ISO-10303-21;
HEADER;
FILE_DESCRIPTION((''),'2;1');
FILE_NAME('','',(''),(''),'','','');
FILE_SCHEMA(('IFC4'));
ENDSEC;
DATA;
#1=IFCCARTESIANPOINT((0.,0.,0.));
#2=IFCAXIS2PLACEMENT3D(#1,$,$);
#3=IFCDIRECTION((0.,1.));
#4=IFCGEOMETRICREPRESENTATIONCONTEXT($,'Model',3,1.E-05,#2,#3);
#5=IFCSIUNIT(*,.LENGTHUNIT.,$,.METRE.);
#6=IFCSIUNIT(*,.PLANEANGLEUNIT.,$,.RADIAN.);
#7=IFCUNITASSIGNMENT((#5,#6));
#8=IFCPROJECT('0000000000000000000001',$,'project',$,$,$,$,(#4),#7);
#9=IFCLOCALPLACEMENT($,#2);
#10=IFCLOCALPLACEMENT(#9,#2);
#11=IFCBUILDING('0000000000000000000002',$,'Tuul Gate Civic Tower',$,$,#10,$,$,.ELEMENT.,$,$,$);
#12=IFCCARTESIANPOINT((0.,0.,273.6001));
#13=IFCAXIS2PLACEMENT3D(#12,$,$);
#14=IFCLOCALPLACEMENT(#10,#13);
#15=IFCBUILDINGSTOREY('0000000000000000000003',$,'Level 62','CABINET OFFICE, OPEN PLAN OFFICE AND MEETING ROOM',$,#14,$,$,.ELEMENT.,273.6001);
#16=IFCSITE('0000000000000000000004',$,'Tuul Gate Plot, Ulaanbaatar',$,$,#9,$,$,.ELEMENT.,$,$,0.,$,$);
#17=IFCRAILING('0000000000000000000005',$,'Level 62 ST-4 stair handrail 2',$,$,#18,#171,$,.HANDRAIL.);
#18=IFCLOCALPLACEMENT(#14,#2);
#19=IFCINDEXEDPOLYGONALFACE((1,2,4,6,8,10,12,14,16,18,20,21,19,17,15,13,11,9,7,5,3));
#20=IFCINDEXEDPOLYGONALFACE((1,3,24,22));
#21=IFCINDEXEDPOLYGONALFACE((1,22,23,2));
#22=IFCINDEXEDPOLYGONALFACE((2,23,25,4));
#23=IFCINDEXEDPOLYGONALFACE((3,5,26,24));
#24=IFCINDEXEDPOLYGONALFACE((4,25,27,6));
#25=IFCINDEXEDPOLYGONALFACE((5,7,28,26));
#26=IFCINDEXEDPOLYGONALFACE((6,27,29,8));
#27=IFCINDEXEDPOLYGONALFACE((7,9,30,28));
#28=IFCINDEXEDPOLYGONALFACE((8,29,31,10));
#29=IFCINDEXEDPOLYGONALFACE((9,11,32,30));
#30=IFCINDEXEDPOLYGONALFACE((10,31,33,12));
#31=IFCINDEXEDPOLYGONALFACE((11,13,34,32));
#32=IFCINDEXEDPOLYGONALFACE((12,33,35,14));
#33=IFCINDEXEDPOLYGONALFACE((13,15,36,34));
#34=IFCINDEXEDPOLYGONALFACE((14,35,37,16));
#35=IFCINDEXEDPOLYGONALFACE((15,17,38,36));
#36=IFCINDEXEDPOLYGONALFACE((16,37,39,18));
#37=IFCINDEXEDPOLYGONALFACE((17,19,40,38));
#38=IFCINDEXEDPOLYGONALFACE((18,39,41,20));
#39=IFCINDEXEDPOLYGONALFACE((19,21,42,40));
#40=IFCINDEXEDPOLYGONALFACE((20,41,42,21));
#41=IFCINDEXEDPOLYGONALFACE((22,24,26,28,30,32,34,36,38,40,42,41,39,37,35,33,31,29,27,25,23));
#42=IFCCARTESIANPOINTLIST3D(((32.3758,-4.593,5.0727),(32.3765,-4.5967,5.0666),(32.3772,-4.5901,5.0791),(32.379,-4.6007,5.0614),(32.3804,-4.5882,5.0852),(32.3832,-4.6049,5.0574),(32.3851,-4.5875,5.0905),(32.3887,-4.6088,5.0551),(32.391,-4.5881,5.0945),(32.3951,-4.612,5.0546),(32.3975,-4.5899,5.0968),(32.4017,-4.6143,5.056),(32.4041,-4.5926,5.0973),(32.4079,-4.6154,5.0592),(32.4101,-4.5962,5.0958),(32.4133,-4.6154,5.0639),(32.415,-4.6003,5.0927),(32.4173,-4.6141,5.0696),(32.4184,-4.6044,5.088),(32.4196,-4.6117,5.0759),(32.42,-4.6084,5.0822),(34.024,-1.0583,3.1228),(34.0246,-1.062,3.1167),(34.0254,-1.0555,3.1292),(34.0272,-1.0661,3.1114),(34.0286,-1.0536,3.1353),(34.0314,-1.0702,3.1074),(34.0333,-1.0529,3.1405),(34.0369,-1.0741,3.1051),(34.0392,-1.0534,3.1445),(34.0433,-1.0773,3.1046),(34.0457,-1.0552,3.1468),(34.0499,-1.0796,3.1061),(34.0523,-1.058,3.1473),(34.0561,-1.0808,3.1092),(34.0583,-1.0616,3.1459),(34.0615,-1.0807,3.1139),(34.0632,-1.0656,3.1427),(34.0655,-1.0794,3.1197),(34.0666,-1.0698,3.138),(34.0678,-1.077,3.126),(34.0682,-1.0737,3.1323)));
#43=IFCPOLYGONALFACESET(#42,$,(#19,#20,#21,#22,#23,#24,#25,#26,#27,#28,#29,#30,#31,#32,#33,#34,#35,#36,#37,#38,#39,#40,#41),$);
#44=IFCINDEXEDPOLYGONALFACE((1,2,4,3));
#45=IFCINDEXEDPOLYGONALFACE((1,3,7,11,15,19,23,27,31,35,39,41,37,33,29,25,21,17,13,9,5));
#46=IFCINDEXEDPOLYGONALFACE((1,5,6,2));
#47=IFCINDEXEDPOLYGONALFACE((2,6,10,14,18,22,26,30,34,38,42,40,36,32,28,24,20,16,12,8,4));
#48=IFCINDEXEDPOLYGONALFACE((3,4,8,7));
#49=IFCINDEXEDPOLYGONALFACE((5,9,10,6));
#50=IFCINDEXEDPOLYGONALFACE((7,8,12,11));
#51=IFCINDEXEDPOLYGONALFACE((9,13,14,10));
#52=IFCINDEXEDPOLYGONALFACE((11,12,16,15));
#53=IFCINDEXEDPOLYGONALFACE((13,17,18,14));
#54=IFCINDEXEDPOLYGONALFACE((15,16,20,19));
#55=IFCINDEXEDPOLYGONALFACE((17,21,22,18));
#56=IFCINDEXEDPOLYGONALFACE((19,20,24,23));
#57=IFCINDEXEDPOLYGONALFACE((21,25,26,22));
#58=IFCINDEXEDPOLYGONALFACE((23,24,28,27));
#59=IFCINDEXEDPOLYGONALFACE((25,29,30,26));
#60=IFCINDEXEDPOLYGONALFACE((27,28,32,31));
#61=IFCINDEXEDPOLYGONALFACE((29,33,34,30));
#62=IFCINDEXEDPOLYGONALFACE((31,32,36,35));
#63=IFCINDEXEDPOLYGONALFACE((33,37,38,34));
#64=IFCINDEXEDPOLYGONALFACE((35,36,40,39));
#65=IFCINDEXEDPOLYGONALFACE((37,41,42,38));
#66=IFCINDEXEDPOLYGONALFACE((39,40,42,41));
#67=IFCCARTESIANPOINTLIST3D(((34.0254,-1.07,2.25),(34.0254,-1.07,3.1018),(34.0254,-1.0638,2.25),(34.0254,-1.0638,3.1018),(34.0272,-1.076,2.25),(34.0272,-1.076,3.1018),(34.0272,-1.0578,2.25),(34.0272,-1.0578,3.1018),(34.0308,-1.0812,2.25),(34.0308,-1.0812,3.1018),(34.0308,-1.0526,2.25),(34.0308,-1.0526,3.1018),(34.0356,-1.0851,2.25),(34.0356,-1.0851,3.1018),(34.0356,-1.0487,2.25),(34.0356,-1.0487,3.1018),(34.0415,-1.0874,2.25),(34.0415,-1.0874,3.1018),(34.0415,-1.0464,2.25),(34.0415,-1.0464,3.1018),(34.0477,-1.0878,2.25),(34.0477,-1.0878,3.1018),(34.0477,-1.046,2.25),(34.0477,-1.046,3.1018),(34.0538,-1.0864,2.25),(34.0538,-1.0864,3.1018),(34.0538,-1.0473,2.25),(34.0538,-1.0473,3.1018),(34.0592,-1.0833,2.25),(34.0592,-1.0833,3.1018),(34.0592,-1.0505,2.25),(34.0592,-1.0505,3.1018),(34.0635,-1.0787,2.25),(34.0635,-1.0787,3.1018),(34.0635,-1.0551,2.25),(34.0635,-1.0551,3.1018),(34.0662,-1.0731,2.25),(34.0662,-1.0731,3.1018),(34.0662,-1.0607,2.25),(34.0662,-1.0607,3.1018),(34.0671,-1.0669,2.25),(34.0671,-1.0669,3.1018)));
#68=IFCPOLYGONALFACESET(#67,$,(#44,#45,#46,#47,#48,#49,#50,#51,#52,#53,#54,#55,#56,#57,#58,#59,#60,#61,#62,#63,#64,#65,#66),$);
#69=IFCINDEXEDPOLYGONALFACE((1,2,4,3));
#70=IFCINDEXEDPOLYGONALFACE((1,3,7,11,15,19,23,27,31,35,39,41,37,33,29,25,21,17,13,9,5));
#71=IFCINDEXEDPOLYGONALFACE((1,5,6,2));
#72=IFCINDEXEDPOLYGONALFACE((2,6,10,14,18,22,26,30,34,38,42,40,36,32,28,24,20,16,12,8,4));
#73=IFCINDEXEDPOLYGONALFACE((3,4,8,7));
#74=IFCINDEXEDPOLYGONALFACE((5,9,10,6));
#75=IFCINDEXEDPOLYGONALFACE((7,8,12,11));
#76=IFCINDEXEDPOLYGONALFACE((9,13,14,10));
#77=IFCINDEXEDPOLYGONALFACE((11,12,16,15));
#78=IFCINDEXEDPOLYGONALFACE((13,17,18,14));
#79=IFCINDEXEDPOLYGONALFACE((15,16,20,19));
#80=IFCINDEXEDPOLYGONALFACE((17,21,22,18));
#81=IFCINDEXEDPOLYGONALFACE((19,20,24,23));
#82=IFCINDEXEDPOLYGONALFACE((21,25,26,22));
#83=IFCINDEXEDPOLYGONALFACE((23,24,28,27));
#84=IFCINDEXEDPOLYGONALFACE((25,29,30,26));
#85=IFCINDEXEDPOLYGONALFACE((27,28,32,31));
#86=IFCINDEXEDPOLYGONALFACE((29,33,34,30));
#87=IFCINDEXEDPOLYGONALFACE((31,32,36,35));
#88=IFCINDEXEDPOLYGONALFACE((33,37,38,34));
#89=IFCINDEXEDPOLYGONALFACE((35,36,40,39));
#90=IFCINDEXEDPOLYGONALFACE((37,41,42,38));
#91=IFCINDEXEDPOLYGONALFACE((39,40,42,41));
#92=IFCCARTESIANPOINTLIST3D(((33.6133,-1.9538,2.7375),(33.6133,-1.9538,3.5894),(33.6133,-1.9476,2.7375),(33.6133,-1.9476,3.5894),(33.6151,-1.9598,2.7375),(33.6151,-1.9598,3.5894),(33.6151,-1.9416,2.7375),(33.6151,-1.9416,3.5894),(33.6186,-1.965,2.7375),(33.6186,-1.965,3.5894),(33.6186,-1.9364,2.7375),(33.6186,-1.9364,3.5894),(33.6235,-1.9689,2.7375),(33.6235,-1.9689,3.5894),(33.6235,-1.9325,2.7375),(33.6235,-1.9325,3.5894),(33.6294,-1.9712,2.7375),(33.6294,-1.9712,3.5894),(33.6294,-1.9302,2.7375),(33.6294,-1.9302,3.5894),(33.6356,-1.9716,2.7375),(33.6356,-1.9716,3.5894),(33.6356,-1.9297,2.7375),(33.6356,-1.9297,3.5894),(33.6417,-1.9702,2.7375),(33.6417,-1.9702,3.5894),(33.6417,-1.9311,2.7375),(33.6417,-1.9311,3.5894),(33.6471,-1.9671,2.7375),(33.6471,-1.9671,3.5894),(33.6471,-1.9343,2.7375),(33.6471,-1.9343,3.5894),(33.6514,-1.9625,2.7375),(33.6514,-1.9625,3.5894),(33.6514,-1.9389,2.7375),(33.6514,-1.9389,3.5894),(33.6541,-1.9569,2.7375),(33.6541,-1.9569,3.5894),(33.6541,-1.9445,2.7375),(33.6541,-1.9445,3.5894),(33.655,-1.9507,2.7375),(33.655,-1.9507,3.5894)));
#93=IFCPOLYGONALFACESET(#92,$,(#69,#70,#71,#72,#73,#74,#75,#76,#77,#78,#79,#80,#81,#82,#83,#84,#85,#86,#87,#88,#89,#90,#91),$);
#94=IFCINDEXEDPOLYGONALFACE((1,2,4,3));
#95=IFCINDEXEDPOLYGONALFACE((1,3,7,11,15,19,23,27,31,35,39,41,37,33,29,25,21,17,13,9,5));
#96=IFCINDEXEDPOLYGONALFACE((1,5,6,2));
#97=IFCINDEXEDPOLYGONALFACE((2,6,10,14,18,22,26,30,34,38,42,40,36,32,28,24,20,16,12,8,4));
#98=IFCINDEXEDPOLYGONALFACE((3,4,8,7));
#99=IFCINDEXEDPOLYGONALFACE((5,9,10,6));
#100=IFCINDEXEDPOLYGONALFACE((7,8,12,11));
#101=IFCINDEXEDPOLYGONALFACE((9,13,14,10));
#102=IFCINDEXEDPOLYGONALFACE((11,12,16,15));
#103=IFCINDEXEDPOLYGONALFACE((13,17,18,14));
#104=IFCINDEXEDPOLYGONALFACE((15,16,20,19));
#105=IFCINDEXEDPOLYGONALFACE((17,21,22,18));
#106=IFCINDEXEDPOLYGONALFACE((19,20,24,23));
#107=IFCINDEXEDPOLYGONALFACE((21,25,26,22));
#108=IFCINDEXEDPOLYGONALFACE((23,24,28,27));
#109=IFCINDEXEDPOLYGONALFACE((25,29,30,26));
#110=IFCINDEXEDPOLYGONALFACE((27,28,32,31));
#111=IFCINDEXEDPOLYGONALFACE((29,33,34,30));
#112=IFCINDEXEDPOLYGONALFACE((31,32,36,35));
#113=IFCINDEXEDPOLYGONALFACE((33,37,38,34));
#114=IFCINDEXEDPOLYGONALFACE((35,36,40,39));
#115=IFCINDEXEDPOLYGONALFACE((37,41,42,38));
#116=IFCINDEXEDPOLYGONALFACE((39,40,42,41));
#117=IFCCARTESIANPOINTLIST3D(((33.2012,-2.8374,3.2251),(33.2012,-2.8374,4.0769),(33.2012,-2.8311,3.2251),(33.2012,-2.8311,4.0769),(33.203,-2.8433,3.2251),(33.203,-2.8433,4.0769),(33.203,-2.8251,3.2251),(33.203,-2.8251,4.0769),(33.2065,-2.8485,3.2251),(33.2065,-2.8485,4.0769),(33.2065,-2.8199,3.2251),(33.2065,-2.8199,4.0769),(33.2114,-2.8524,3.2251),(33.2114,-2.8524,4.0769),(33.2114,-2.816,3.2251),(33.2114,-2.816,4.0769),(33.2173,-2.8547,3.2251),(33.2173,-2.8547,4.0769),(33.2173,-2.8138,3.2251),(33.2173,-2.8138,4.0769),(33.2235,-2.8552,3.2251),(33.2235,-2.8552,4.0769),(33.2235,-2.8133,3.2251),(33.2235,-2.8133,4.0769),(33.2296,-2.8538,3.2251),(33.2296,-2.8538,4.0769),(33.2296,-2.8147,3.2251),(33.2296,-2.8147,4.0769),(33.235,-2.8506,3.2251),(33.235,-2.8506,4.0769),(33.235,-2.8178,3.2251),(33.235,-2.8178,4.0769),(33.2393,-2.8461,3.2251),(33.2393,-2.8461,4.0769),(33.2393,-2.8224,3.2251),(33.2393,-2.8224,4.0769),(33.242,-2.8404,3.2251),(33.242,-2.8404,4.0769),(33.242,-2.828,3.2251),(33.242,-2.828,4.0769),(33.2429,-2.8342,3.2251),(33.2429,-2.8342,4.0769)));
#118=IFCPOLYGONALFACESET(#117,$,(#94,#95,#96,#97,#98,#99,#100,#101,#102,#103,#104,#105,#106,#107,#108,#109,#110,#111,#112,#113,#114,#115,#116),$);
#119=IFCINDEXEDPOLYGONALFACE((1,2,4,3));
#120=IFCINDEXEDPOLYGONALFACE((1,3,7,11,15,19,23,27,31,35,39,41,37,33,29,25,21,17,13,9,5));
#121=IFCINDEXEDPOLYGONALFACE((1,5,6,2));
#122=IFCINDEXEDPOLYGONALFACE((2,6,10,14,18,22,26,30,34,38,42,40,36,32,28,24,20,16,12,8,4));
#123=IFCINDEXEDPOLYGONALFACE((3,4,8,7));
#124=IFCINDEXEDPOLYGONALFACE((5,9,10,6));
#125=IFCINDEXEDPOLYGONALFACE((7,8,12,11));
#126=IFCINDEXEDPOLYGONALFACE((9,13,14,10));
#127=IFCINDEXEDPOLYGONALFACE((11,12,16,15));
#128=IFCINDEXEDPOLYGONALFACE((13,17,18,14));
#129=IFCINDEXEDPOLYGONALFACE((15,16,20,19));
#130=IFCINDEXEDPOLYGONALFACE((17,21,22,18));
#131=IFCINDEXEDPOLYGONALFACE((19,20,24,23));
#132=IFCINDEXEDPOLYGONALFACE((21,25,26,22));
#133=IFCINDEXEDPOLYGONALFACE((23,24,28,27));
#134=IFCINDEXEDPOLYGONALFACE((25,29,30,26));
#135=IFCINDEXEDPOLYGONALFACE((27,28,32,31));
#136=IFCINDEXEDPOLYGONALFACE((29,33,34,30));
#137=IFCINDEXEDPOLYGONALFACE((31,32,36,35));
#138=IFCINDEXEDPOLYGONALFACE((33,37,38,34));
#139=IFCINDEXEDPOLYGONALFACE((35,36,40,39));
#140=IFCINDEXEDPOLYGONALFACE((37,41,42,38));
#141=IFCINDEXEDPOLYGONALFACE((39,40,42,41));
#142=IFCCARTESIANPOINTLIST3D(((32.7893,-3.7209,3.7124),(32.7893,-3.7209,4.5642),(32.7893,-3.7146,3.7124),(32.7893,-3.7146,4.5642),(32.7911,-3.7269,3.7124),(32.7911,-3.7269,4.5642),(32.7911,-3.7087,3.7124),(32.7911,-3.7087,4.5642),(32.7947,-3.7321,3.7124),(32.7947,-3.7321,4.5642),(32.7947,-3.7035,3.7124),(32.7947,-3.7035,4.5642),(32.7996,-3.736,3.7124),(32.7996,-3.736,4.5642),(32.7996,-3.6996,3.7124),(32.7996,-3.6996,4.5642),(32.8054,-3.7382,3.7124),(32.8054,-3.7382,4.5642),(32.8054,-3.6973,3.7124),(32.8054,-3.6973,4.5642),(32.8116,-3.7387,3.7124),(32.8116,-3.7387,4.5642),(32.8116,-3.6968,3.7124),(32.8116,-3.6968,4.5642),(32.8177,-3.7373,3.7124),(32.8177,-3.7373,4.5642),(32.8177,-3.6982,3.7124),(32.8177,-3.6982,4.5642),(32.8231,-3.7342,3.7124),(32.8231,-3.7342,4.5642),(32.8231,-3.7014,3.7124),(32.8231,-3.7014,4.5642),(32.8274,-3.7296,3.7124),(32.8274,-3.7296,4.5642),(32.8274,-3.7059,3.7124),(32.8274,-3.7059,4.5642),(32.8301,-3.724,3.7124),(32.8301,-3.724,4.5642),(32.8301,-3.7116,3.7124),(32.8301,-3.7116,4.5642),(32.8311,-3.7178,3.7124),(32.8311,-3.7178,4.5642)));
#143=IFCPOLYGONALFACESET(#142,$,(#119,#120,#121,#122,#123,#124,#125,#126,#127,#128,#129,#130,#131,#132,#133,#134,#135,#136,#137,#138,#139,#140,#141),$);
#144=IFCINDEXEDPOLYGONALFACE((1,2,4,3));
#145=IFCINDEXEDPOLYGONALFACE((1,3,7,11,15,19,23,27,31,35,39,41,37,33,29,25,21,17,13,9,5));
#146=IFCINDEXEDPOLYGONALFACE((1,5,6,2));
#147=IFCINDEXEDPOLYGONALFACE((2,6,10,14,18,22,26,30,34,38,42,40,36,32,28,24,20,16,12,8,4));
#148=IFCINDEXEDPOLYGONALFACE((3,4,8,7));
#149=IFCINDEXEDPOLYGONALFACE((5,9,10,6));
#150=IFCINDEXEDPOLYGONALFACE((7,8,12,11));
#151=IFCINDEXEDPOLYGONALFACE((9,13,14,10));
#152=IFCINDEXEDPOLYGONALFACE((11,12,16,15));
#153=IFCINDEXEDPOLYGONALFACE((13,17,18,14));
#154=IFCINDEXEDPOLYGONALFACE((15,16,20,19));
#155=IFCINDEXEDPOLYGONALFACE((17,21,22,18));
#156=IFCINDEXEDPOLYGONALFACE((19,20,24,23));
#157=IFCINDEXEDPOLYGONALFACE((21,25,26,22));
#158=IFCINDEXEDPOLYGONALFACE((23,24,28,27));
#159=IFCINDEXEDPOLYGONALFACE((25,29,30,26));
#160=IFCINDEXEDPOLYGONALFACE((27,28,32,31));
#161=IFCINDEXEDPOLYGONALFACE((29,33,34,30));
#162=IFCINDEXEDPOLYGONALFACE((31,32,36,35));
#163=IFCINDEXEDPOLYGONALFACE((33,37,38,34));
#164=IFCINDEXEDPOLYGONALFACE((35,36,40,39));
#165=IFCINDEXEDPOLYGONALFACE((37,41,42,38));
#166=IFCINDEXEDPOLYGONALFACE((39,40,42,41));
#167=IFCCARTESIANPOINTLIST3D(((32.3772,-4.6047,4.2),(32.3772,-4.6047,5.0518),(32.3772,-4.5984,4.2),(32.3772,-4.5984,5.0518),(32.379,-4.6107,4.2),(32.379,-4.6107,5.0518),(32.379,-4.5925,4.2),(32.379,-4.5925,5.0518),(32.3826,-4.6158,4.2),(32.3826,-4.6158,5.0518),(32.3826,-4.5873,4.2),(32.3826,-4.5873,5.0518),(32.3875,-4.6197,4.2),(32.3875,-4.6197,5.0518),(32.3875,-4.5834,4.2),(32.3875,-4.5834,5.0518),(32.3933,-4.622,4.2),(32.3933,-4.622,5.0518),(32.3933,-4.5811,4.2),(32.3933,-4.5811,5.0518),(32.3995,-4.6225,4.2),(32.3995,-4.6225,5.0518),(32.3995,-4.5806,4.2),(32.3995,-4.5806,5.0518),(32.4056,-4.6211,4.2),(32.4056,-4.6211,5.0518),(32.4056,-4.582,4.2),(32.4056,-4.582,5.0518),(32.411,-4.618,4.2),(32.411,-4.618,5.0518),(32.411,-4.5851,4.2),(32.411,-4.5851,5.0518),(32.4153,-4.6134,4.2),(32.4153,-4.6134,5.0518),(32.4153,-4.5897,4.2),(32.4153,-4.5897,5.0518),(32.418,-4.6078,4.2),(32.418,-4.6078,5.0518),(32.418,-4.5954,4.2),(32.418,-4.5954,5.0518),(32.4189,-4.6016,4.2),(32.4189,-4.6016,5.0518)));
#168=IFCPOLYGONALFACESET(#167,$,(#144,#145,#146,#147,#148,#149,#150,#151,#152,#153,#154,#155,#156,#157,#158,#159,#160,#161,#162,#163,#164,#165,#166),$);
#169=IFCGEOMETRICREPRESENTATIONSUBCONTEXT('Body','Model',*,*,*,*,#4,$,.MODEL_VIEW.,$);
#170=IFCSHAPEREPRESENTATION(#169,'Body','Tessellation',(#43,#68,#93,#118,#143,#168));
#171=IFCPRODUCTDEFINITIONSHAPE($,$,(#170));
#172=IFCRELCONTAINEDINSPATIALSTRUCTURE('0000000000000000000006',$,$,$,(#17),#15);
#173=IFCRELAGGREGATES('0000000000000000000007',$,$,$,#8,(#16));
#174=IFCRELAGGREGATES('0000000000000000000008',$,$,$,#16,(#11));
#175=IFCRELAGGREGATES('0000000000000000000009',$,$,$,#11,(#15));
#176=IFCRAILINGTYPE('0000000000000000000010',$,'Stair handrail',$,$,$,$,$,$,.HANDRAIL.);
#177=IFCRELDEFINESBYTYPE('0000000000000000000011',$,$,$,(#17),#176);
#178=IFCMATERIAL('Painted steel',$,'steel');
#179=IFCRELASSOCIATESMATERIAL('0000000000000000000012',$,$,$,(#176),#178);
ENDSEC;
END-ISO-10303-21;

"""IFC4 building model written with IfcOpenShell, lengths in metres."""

from ifc_helpers import new_model, si_unit, direction, frame, origin, origin_2d, place, context, subcontext, project, spatial, circle, extrude, material, type_object, element, save


model = new_model("IFC4")

# Units and contexts
model_context = context("Model", 3, precision=1e-05, world=origin(), true_north=direction((0.0, 1.0)))
body_context = subcontext(model_context, "Body", "Model", "MODEL_VIEW")
ifc_project = project(units=[si_unit("LENGTHUNIT", "METRE"), si_unit("PLANEANGLEUNIT", "RADIAN")], contexts=[model_context])

# Site, building, storey
site_placement = place(None, origin())
site = spatial("IfcSite", under=ifc_project, at=site_placement, Name="Tuul Gate Plot, Ulaanbaatar", CompositionType="ELEMENT", RefElevation=0.0)
building_placement = place(site_placement, origin())
building = spatial("IfcBuilding", under=site, at=building_placement, Name="Tuul Gate Civic Tower", CompositionType="ELEMENT")
storey_placement = place(building_placement, frame((0.0, 0.0, 273.6001)))
storey = spatial("IfcBuildingStorey", under=building, at=storey_placement, Name="Level 62", Description="CABINET OFFICE, OPEN PLAN OFFICE AND MEETING ROOM", CompositionType="ELEMENT", Elevation=273.6001)

# Railing
ifc_material_1 = material(Name="Painted steel", Category="steel")
railing_type = type_object("IfcRailingType", Name="Stair handrail", PredefinedType="HANDRAIL", material=ifc_material_1)
railing_placement = place(storey_placement, frame((34.0461, -1.0669, 2.25)))
element("IfcRailing", 1, at=railing_placement, inside=storey, type_object=railing_type, Name="Level 62 ST-4 stair handrail 2", PredefinedType="HANDRAIL", context=body_context, shape_type="SweptSolid", body=[
    extrude(circle(Radius=0.0239, at=origin_2d()), frame((0.0, 0.0, 0.876), z_axis=(-0.377995, -0.810637, 0.4472), x_axis=(0.906313, -0.422608, 0.0)), (0.0, 0.0, 1.0), 4.3604),
    extrude(circle(Radius=0.021, at=origin_2d()), origin(), (0.0, 0.0, 1.0), 0.8518),
    extrude(circle(Radius=0.021, at=origin_2d()), frame((-0.4121, -0.8838, 0.4875)), (0.0, 0.0, 1.0), 0.8518),
    extrude(circle(Radius=0.021, at=origin_2d()), frame((-0.8242, -1.7673, 0.9751)), (0.0, 0.0, 1.0), 0.8518),
    extrude(circle(Radius=0.021, at=origin_2d()), frame((-1.2361, -2.6509, 1.4624)), (0.0, 0.0, 1.0), 0.8518),
    extrude(circle(Radius=0.021, at=origin_2d()), frame((-1.6482, -3.5347, 1.95)), (0.0, 0.0, 1.0), 0.8518),
])

save(model, "model.ifc")
